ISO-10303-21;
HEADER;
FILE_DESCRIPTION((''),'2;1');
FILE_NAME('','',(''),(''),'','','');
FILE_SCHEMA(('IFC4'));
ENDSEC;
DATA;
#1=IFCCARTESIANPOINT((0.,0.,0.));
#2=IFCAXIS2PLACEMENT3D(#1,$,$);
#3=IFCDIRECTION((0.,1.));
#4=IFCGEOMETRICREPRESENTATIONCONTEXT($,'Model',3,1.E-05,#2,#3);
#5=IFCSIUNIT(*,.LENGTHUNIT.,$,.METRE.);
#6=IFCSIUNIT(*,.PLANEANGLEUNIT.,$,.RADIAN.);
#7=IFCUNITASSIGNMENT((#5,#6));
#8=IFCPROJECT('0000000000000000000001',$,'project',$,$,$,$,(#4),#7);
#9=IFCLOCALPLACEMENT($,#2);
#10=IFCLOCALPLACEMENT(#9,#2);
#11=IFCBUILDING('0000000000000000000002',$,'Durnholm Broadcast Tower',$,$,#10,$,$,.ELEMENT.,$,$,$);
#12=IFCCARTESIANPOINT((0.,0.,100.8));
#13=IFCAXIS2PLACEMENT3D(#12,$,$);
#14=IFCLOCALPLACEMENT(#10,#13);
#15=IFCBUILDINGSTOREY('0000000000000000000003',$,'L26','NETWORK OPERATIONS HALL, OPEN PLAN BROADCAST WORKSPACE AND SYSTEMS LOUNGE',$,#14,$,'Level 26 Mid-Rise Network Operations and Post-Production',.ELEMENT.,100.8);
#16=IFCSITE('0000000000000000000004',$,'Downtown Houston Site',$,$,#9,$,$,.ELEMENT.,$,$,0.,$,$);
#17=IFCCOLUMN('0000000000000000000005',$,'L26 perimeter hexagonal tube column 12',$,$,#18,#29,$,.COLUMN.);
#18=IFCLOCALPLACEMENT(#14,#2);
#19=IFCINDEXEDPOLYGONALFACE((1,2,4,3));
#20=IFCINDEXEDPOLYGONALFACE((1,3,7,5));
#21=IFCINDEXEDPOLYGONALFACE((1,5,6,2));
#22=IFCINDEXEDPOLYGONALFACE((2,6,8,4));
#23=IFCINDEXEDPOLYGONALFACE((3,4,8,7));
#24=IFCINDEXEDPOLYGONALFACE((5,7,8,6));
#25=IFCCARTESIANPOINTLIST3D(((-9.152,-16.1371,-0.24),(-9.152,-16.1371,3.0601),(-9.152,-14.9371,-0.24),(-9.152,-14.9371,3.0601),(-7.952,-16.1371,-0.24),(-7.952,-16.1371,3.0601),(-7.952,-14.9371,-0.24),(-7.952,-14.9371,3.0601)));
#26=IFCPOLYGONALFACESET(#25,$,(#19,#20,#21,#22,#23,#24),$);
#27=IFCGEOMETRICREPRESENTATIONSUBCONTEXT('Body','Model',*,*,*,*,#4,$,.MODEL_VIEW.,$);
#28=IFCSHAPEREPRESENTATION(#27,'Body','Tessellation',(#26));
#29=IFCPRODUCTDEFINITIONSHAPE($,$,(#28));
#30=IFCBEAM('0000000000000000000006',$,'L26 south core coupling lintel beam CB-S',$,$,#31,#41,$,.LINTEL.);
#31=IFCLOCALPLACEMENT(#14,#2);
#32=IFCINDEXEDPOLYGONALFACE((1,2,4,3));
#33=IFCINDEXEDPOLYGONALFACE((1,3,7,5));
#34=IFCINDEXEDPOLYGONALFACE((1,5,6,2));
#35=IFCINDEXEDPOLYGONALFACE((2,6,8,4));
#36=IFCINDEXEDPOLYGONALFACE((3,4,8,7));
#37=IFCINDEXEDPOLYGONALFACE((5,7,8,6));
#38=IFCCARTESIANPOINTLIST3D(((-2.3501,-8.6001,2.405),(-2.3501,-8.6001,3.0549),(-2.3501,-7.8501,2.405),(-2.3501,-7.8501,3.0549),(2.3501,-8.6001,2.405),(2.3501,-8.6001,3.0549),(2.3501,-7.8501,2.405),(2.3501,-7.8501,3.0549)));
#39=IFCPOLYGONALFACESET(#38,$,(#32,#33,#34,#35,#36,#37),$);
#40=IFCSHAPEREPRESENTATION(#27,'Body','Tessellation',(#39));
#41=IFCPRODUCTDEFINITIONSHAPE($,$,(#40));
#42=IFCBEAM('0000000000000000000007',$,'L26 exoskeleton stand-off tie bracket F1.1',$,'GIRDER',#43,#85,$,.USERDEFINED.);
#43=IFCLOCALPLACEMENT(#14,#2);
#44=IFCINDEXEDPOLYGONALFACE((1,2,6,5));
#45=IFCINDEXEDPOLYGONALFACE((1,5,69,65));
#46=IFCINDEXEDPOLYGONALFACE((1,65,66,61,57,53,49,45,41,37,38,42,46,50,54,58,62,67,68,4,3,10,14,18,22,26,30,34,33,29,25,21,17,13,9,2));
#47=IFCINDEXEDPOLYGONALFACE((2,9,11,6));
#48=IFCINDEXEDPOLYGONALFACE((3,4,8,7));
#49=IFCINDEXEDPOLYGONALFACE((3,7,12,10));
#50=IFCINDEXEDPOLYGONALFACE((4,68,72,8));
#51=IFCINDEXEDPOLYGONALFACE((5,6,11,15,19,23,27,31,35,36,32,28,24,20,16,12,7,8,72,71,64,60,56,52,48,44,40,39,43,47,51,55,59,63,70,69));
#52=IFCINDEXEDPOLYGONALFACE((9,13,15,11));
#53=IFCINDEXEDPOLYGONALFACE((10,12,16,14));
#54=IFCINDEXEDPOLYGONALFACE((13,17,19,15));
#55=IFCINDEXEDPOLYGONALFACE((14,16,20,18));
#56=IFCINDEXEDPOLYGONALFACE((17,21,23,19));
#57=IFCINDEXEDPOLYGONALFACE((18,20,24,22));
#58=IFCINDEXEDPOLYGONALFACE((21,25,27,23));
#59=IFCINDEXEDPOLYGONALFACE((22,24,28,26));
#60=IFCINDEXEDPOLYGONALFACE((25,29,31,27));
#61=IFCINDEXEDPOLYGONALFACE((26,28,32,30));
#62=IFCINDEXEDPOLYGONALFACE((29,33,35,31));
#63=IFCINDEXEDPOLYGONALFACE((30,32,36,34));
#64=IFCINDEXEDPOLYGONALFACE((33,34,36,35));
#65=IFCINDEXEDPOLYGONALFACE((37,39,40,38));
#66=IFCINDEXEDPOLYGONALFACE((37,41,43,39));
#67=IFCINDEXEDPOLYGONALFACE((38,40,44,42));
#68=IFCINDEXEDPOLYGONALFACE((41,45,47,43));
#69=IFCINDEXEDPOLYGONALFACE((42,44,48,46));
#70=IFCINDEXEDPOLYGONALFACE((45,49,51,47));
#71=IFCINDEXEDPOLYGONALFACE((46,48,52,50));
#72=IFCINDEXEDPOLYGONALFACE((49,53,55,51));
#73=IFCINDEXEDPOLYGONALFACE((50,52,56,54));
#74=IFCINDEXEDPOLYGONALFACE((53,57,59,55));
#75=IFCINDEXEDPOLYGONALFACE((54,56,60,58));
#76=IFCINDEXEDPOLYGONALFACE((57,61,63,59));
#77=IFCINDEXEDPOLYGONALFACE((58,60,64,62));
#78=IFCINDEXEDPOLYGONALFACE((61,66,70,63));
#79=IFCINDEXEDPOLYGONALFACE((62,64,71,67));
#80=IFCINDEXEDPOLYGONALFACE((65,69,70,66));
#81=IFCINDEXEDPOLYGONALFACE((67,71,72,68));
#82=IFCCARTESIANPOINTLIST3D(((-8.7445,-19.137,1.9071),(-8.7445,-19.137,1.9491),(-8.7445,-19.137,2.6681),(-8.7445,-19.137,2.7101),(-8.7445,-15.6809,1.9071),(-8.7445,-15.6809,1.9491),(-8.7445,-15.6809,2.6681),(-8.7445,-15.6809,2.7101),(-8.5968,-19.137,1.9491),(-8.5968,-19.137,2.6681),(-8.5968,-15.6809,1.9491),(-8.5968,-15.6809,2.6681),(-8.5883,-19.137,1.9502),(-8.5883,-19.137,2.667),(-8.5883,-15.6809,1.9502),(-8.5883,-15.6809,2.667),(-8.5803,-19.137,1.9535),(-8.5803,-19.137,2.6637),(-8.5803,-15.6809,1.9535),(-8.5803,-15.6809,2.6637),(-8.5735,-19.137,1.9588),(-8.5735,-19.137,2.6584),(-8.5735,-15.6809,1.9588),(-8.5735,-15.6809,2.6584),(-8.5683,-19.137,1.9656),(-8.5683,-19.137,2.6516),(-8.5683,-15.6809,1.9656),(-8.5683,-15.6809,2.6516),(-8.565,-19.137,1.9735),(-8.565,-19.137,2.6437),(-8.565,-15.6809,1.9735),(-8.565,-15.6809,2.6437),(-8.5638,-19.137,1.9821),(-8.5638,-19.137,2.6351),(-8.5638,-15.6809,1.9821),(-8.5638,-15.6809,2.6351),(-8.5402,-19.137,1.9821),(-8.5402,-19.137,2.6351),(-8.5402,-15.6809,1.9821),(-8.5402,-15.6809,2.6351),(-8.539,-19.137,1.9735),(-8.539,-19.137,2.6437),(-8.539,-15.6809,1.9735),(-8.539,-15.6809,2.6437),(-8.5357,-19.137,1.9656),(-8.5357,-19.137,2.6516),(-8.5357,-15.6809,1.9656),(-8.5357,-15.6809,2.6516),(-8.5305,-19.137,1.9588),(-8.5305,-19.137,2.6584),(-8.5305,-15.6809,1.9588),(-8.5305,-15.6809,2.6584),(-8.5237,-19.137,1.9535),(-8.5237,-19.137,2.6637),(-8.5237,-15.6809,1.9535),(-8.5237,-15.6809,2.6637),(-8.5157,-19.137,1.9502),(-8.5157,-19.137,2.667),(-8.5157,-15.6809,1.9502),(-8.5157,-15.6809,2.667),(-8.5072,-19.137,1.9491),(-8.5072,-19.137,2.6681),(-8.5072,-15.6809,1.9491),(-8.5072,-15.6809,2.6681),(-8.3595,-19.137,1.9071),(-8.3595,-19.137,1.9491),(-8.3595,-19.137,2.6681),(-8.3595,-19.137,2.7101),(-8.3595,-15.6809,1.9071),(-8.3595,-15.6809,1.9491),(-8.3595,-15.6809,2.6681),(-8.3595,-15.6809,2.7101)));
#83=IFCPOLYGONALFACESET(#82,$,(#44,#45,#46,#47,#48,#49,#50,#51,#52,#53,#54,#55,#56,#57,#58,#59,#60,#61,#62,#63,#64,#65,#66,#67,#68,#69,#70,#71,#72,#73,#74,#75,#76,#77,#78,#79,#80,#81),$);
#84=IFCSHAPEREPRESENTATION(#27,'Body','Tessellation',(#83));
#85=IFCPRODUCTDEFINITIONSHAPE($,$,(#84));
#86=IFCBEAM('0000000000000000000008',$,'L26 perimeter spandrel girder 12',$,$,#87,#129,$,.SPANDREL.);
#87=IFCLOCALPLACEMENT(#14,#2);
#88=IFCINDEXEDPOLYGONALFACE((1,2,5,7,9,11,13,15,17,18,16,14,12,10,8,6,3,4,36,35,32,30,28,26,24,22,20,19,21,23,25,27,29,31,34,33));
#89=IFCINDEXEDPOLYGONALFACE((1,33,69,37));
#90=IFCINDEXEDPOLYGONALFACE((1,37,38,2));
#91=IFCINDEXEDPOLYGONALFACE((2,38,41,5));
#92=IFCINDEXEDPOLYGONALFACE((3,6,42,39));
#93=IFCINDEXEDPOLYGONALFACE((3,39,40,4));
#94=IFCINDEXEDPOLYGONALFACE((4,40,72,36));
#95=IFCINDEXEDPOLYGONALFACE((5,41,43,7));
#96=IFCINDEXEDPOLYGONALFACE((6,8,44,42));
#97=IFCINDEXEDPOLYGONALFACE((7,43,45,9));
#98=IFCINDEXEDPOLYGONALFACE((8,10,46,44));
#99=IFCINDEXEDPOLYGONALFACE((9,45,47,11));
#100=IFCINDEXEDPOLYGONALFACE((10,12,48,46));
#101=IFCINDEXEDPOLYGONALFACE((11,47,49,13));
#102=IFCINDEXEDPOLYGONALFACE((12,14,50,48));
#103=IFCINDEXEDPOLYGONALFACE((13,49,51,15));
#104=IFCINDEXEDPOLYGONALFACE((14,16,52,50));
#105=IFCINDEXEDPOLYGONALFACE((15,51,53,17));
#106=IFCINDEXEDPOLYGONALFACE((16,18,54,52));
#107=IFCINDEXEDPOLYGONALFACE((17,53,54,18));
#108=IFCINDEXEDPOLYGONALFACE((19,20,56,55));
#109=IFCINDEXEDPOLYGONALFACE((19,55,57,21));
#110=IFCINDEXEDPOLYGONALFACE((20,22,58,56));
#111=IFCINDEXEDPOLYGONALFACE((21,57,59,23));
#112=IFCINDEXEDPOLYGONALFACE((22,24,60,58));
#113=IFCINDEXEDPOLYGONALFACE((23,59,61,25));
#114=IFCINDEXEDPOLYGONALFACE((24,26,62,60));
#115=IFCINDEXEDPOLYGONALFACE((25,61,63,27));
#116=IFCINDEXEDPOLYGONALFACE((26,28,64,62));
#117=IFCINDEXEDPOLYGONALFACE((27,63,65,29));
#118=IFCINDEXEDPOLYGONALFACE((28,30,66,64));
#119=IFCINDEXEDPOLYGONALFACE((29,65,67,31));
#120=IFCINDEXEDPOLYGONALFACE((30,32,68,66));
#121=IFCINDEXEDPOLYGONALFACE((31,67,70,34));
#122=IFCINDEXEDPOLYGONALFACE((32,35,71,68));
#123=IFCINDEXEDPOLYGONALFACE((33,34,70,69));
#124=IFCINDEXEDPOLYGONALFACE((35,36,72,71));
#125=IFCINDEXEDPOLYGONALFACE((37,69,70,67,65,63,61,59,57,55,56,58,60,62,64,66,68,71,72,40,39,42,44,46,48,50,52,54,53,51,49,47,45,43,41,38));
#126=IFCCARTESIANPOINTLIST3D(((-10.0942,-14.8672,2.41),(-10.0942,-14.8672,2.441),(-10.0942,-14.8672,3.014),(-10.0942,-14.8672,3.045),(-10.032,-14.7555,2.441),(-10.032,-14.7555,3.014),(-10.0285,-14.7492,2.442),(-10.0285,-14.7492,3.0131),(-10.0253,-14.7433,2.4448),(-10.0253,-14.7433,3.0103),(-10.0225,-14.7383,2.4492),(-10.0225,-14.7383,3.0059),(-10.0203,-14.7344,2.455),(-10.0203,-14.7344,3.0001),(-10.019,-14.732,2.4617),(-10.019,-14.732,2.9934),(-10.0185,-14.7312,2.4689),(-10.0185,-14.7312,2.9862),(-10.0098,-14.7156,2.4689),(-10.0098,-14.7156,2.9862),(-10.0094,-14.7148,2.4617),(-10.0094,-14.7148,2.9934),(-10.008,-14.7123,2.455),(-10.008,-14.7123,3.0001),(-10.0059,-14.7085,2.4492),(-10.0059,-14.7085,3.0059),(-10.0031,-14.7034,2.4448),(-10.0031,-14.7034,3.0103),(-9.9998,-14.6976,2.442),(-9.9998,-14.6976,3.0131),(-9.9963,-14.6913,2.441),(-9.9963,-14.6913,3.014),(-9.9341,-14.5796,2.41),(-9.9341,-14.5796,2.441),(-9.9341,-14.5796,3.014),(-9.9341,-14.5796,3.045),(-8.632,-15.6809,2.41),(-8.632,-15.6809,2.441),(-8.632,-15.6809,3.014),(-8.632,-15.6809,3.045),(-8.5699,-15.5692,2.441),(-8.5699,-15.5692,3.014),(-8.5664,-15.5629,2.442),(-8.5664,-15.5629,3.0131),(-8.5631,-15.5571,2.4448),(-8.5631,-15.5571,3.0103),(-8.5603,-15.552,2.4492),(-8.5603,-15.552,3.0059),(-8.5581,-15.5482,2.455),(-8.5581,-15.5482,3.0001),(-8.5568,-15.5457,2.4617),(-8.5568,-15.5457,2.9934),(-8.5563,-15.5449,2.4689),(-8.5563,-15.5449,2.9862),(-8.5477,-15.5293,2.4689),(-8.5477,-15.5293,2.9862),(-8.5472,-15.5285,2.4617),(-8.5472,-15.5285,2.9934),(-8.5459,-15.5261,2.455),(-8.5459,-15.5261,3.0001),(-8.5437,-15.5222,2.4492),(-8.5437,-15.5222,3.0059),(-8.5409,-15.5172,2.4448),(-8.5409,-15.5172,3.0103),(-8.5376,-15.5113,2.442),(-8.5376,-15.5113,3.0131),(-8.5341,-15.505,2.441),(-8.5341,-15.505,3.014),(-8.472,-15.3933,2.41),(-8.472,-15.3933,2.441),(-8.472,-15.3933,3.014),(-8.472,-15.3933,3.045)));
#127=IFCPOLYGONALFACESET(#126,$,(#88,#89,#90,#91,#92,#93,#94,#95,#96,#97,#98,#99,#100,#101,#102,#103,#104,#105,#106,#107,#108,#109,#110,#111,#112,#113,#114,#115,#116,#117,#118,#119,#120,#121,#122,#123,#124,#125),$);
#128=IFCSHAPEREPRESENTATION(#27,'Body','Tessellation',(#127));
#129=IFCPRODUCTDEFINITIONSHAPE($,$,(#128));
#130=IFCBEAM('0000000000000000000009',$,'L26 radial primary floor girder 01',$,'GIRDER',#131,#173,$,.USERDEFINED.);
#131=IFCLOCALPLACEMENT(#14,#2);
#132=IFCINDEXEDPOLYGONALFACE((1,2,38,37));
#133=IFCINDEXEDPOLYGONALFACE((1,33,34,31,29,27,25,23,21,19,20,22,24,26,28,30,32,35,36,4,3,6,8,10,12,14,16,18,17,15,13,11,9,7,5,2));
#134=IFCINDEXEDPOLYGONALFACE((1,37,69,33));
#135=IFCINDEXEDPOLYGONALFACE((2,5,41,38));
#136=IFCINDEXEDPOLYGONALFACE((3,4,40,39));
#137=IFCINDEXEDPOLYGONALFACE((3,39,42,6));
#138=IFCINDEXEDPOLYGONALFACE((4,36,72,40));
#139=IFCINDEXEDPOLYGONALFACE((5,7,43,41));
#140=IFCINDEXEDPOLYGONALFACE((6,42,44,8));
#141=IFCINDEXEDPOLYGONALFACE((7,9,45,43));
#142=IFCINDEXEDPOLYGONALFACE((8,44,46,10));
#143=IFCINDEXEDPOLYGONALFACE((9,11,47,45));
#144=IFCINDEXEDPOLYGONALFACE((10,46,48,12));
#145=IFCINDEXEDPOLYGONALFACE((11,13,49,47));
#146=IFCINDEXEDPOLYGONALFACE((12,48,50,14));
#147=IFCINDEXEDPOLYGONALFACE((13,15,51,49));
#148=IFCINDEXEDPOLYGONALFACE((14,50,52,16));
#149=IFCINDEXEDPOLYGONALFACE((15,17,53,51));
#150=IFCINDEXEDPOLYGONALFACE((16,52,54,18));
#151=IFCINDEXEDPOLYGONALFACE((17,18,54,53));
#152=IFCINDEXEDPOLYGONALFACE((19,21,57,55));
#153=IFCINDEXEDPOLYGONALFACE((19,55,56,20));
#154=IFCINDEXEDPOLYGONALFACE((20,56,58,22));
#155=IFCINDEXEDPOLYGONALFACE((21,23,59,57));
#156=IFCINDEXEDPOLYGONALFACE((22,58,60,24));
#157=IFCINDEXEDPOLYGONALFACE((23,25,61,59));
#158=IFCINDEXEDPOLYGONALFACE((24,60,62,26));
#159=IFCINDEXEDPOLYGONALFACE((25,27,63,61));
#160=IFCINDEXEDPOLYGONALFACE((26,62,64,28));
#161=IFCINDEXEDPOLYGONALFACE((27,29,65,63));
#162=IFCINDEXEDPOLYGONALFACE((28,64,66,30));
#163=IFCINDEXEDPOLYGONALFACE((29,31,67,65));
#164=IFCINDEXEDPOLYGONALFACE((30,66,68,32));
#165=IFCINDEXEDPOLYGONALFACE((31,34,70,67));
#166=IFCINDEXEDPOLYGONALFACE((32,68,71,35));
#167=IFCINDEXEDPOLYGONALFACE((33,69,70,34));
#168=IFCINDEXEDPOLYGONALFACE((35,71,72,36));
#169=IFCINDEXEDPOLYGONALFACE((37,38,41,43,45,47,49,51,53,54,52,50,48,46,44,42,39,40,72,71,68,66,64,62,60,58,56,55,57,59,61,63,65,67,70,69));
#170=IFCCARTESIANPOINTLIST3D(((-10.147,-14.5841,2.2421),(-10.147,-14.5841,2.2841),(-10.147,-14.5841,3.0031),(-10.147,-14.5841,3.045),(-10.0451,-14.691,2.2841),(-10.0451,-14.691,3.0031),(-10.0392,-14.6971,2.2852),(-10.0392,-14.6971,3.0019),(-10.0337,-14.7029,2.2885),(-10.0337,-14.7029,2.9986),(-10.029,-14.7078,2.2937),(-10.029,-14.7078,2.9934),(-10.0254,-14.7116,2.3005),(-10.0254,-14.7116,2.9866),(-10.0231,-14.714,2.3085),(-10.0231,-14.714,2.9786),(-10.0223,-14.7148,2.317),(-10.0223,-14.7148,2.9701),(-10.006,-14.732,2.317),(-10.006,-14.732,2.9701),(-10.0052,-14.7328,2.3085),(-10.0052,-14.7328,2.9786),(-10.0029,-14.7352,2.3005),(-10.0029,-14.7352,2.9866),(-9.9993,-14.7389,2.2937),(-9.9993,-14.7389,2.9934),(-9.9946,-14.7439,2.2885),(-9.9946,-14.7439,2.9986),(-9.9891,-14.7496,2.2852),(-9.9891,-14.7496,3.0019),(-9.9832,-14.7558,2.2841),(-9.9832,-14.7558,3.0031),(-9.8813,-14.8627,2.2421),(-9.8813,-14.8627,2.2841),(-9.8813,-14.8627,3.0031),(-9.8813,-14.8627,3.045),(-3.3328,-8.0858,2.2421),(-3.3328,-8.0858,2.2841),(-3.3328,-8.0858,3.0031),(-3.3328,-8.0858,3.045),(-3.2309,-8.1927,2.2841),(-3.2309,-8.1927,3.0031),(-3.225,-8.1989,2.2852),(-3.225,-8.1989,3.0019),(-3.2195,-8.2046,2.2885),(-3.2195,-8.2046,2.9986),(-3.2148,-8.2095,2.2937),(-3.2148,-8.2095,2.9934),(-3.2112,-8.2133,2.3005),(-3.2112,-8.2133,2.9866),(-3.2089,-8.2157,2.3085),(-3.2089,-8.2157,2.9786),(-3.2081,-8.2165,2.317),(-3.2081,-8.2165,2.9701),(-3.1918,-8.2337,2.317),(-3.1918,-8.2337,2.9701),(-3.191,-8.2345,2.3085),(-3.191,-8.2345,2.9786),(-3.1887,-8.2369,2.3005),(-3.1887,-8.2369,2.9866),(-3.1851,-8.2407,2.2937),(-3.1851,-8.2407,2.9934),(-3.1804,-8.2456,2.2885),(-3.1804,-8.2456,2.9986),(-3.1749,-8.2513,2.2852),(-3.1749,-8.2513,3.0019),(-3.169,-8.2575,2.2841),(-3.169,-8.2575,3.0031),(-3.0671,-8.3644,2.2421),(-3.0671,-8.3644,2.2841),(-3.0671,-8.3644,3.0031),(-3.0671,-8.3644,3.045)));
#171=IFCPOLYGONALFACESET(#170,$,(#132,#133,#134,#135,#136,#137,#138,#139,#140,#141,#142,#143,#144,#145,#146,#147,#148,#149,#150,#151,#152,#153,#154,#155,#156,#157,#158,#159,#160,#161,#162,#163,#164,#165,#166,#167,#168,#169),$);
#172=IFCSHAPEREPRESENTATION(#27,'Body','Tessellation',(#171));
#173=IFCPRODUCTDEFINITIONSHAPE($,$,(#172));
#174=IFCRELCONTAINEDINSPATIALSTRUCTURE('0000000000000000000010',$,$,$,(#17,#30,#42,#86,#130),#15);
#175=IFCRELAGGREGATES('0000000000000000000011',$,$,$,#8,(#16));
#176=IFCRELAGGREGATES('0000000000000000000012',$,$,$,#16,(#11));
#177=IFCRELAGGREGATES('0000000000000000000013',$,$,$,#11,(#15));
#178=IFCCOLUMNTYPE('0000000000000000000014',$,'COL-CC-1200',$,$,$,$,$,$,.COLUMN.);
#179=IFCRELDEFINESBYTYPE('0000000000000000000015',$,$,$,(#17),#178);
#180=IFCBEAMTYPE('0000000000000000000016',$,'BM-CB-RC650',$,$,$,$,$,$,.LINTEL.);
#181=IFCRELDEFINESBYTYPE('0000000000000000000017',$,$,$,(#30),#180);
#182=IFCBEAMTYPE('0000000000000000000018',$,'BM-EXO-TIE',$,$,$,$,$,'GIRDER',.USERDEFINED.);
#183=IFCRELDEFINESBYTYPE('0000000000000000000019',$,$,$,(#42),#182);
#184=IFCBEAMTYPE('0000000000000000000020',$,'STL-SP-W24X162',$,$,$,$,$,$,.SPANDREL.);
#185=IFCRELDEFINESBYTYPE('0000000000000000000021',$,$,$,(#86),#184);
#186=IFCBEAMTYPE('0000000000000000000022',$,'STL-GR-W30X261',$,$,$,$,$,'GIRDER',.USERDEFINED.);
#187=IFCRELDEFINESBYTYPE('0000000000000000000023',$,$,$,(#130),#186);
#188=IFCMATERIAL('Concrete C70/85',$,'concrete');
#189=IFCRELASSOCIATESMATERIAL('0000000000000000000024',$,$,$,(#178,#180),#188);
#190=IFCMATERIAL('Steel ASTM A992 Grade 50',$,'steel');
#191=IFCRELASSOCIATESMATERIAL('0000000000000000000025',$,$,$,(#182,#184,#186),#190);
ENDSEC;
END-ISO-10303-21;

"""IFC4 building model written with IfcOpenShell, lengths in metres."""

from ifc_helpers import new_model, si_unit, direction, frame, origin, origin_2d, place, context, subcontext, project, spatial, rectangle, i_section, extrude, source, transform, mapped, material, material_profile, profile_set, type_object, type_shapes, element, save


model = new_model("IFC4")

# Units and contexts
model_context = context("Model", 3, precision=1e-05, world=origin(), true_north=direction((0.0, 1.0)))
body_context = subcontext(model_context, "Body", "Model", "MODEL_VIEW")
ifc_project = project(units=[si_unit("LENGTHUNIT", "METRE"), si_unit("PLANEANGLEUNIT", "RADIAN")], contexts=[model_context])

# Site, building, storey
site_placement = place(None, origin())
site = spatial("IfcSite", under=ifc_project, at=site_placement, Name="Downtown Houston Site", CompositionType="ELEMENT", RefElevation=0.0)
building_placement = place(site_placement, origin())
building = spatial("IfcBuilding", under=site, at=building_placement, Name="Durnholm Broadcast Tower", CompositionType="ELEMENT")
storey_placement = place(building_placement, frame((0.0, 0.0, 100.8)))
storey = spatial("IfcBuildingStorey", under=building, at=storey_placement, Name="L26", Description="NETWORK OPERATIONS HALL, OPEN PLAN BROADCAST WORKSPACE AND SYSTEMS LOUNGE", LongName="Level 26 Mid-Rise Network Operations and Post-Production", CompositionType="ELEMENT", Elevation=100.8)

# Column
ifc_material_1 = material(Name="Concrete C70/85", Category="concrete")
ifc_material_profile_1 = material_profile(ifc_material_1, rectangle(XDim=1.2, YDim=1.2, at=origin_2d()), Name="RC1200X1200")
ifc_profile_set_1 = profile_set([ifc_material_profile_1], Name="Concrete C70/85")
column_type = type_object("IfcColumnType", Name="COL-CC-1200", PredefinedType="COLUMN", material=ifc_profile_set_1)
shared_shape_1 = source(origin(), body_context, "Body", "SweptSolid", [
    extrude(rectangle(XDim=1.2, YDim=1.2, at=origin_2d()), origin(), (0.0, 0.0, 1.0), 3.3),
])
type_shapes(column_type, [shared_shape_1])
column_placement = place(storey_placement, frame((-8.552, -15.5371, -0.24), z_axis=(0.0, 0.0, 1.0), x_axis=(1.0, 0.0, 0.0)))
element("IfcColumn", 1, at=column_placement, inside=storey, type_object=column_type, Name="L26 perimeter hexagonal tube column 12", PredefinedType="COLUMN", context=body_context, shape_type="MappedRepresentation", body=[
    mapped(shared_shape_1, transform((0.0, 0.0, 0.0), x_axis=(1.0, 0.0, 0.0), y_axis=(0.0, 1.0, 0.0), z_axis=(0.0, 0.0, 1.0), scale=1.0)),
])

# Beams
ifc_material_profile_2 = material_profile(ifc_material_1, rectangle(XDim=0.75, YDim=0.6499, at=origin_2d()), Name="RC750X650")
ifc_profile_set_2 = profile_set([ifc_material_profile_2], Name="Concrete C70/85")
beam_type_1 = type_object("IfcBeamType", Name="BM-CB-RC650", PredefinedType="LINTEL", material=ifc_profile_set_2)
shared_shape_2 = source(origin(), body_context, "Body", "SweptSolid", [
    extrude(rectangle(XDim=0.75, YDim=0.6499, at=origin_2d()), origin(), (0.0, 0.0, 1.0), 4.7002),
])
type_shapes(beam_type_1, [shared_shape_2])
beam_1_placement = place(storey_placement, frame((-2.3501, -8.2251, 2.73), z_axis=(1.0, 0.0, 0.0), x_axis=(0.0, 1.0, 0.0)))
element("IfcBeam", 2, at=beam_1_placement, inside=storey, type_object=beam_type_1, Name="L26 south core coupling lintel beam CB-S", PredefinedType="LINTEL", context=body_context, shape_type="MappedRepresentation", body=[
    mapped(shared_shape_2, transform((0.0, 0.0, 0.0), x_axis=(1.0, 0.0, 0.0), y_axis=(0.0, 1.0, 0.0), z_axis=(0.0, 0.0, 1.0), scale=1.0)),
])
ifc_material_2 = material(Name="Steel ASTM A992 Grade 50", Category="steel")
ifc_material_profile_3 = material_profile(ifc_material_2, i_section(OverallWidth=0.385, OverallDepth=0.803, WebThickness=0.0237, FlangeThickness=0.042, FilletRadius=0.033, at=origin_2d()), Name="W30X261")
ifc_profile_set_3 = profile_set([ifc_material_profile_3], Name="Steel ASTM A992 Grade 50")
beam_type_2 = type_object("IfcBeamType", Name="BM-EXO-TIE", ElementType="GIRDER", PredefinedType="USERDEFINED", material=ifc_profile_set_3)
shared_shape_3 = source(origin(), body_context, "Body", "SweptSolid", [
    extrude(i_section(OverallWidth=0.385, OverallDepth=0.803, WebThickness=0.0237, FlangeThickness=0.042, FilletRadius=0.033, at=origin_2d()), origin(), (0.0, 0.0, 1.0), 3.4561),
])
beam_2_placement = place(storey_placement, frame((-8.552, -15.6809, 2.3086), z_axis=(0.0, -1.0, 0.0), x_axis=(1.0, 0.0, 0.0)))
element("IfcBeam", 3, at=beam_2_placement, inside=storey, type_object=beam_type_2, Name="L26 exoskeleton stand-off tie bracket F1.1", ObjectType="GIRDER", PredefinedType="USERDEFINED", context=body_context, shape_type="MappedRepresentation", body=[
    mapped(shared_shape_3, transform((0.0, 0.0, 0.0), x_axis=(1.0, 0.0, 0.0), y_axis=(0.0, 1.0, 0.0), z_axis=(0.0, 0.0, 1.0), scale=1.0)),
])
ifc_material_profile_4 = material_profile(ifc_material_2, i_section(OverallWidth=0.3291, OverallDepth=0.635, WebThickness=0.0178, FlangeThickness=0.031, FilletRadius=0.0278, at=origin_2d()), Name="W24X162")
ifc_profile_set_4 = profile_set([ifc_material_profile_4], Name="Steel ASTM A992 Grade 50")
beam_type_3 = type_object("IfcBeamType", Name="STL-SP-W24X162", PredefinedType="SPANDREL", material=ifc_profile_set_4)
shared_shape_4 = source(origin(), body_context, "Body", "SweptSolid", [
    extrude(i_section(OverallWidth=0.3291, OverallDepth=0.635, WebThickness=0.0178, FlangeThickness=0.031, FilletRadius=0.0278, at=origin_2d()), origin(), (0.0, 0.0, 1.0), 1.6733),
])
type_shapes(beam_type_3, [shared_shape_4])
beam_3_placement = place(storey_placement, frame((-8.552, -15.5371, 2.7275), z_axis=(-0.873799, 0.486287, 0.0), x_axis=(-0.486287, -0.873799, 0.0)))
element("IfcBeam", 4, at=beam_3_placement, inside=storey, type_object=beam_type_3, Name="L26 perimeter spandrel girder 12", PredefinedType="SPANDREL", context=body_context, shape_type="MappedRepresentation", body=[
    mapped(shared_shape_4, transform((0.0, 0.0, 0.0), x_axis=(1.0, 0.0, 0.0), y_axis=(0.0, 1.0, 0.0), z_axis=(0.0, 0.0, 1.0), scale=1.0)),
])
ifc_material_profile_5 = material_profile(ifc_material_2, i_section(OverallWidth=0.385, OverallDepth=0.803, WebThickness=0.0237, FlangeThickness=0.042, FilletRadius=0.033, at=origin_2d()), Name="W30X261")
ifc_profile_set_5 = profile_set([ifc_material_profile_5], Name="Steel ASTM A992 Grade 50")
beam_type_4 = type_object("IfcBeamType", Name="STL-GR-W30X261", ElementType="GIRDER", PredefinedType="USERDEFINED", material=ifc_profile_set_5)
shared_shape_5 = source(origin(), body_context, "Body", "SweptSolid", [
    extrude(i_section(OverallWidth=0.385, OverallDepth=0.803, WebThickness=0.0237, FlangeThickness=0.042, FilletRadius=0.033, at=origin_2d()), origin(), (0.0, 0.0, 1.0), 9.416),
])
beam_4_placement = place(storey_placement, frame((-3.2, -8.2251, 2.6436), z_axis=(-0.723683, -0.690132, 0.0), x_axis=(0.690132, -0.723683, 0.0)))
element("IfcBeam", 5, at=beam_4_placement, inside=storey, type_object=beam_type_4, Name="L26 radial primary floor girder 01", ObjectType="GIRDER", PredefinedType="USERDEFINED", context=body_context, shape_type="MappedRepresentation", body=[
    mapped(shared_shape_5, transform((0.0, 0.0, 0.0), x_axis=(1.0, 0.0, 0.0), y_axis=(0.0, 1.0, 0.0), z_axis=(0.0, 0.0, 1.0), scale=1.0)),
])

save(model, "model.ifc")
